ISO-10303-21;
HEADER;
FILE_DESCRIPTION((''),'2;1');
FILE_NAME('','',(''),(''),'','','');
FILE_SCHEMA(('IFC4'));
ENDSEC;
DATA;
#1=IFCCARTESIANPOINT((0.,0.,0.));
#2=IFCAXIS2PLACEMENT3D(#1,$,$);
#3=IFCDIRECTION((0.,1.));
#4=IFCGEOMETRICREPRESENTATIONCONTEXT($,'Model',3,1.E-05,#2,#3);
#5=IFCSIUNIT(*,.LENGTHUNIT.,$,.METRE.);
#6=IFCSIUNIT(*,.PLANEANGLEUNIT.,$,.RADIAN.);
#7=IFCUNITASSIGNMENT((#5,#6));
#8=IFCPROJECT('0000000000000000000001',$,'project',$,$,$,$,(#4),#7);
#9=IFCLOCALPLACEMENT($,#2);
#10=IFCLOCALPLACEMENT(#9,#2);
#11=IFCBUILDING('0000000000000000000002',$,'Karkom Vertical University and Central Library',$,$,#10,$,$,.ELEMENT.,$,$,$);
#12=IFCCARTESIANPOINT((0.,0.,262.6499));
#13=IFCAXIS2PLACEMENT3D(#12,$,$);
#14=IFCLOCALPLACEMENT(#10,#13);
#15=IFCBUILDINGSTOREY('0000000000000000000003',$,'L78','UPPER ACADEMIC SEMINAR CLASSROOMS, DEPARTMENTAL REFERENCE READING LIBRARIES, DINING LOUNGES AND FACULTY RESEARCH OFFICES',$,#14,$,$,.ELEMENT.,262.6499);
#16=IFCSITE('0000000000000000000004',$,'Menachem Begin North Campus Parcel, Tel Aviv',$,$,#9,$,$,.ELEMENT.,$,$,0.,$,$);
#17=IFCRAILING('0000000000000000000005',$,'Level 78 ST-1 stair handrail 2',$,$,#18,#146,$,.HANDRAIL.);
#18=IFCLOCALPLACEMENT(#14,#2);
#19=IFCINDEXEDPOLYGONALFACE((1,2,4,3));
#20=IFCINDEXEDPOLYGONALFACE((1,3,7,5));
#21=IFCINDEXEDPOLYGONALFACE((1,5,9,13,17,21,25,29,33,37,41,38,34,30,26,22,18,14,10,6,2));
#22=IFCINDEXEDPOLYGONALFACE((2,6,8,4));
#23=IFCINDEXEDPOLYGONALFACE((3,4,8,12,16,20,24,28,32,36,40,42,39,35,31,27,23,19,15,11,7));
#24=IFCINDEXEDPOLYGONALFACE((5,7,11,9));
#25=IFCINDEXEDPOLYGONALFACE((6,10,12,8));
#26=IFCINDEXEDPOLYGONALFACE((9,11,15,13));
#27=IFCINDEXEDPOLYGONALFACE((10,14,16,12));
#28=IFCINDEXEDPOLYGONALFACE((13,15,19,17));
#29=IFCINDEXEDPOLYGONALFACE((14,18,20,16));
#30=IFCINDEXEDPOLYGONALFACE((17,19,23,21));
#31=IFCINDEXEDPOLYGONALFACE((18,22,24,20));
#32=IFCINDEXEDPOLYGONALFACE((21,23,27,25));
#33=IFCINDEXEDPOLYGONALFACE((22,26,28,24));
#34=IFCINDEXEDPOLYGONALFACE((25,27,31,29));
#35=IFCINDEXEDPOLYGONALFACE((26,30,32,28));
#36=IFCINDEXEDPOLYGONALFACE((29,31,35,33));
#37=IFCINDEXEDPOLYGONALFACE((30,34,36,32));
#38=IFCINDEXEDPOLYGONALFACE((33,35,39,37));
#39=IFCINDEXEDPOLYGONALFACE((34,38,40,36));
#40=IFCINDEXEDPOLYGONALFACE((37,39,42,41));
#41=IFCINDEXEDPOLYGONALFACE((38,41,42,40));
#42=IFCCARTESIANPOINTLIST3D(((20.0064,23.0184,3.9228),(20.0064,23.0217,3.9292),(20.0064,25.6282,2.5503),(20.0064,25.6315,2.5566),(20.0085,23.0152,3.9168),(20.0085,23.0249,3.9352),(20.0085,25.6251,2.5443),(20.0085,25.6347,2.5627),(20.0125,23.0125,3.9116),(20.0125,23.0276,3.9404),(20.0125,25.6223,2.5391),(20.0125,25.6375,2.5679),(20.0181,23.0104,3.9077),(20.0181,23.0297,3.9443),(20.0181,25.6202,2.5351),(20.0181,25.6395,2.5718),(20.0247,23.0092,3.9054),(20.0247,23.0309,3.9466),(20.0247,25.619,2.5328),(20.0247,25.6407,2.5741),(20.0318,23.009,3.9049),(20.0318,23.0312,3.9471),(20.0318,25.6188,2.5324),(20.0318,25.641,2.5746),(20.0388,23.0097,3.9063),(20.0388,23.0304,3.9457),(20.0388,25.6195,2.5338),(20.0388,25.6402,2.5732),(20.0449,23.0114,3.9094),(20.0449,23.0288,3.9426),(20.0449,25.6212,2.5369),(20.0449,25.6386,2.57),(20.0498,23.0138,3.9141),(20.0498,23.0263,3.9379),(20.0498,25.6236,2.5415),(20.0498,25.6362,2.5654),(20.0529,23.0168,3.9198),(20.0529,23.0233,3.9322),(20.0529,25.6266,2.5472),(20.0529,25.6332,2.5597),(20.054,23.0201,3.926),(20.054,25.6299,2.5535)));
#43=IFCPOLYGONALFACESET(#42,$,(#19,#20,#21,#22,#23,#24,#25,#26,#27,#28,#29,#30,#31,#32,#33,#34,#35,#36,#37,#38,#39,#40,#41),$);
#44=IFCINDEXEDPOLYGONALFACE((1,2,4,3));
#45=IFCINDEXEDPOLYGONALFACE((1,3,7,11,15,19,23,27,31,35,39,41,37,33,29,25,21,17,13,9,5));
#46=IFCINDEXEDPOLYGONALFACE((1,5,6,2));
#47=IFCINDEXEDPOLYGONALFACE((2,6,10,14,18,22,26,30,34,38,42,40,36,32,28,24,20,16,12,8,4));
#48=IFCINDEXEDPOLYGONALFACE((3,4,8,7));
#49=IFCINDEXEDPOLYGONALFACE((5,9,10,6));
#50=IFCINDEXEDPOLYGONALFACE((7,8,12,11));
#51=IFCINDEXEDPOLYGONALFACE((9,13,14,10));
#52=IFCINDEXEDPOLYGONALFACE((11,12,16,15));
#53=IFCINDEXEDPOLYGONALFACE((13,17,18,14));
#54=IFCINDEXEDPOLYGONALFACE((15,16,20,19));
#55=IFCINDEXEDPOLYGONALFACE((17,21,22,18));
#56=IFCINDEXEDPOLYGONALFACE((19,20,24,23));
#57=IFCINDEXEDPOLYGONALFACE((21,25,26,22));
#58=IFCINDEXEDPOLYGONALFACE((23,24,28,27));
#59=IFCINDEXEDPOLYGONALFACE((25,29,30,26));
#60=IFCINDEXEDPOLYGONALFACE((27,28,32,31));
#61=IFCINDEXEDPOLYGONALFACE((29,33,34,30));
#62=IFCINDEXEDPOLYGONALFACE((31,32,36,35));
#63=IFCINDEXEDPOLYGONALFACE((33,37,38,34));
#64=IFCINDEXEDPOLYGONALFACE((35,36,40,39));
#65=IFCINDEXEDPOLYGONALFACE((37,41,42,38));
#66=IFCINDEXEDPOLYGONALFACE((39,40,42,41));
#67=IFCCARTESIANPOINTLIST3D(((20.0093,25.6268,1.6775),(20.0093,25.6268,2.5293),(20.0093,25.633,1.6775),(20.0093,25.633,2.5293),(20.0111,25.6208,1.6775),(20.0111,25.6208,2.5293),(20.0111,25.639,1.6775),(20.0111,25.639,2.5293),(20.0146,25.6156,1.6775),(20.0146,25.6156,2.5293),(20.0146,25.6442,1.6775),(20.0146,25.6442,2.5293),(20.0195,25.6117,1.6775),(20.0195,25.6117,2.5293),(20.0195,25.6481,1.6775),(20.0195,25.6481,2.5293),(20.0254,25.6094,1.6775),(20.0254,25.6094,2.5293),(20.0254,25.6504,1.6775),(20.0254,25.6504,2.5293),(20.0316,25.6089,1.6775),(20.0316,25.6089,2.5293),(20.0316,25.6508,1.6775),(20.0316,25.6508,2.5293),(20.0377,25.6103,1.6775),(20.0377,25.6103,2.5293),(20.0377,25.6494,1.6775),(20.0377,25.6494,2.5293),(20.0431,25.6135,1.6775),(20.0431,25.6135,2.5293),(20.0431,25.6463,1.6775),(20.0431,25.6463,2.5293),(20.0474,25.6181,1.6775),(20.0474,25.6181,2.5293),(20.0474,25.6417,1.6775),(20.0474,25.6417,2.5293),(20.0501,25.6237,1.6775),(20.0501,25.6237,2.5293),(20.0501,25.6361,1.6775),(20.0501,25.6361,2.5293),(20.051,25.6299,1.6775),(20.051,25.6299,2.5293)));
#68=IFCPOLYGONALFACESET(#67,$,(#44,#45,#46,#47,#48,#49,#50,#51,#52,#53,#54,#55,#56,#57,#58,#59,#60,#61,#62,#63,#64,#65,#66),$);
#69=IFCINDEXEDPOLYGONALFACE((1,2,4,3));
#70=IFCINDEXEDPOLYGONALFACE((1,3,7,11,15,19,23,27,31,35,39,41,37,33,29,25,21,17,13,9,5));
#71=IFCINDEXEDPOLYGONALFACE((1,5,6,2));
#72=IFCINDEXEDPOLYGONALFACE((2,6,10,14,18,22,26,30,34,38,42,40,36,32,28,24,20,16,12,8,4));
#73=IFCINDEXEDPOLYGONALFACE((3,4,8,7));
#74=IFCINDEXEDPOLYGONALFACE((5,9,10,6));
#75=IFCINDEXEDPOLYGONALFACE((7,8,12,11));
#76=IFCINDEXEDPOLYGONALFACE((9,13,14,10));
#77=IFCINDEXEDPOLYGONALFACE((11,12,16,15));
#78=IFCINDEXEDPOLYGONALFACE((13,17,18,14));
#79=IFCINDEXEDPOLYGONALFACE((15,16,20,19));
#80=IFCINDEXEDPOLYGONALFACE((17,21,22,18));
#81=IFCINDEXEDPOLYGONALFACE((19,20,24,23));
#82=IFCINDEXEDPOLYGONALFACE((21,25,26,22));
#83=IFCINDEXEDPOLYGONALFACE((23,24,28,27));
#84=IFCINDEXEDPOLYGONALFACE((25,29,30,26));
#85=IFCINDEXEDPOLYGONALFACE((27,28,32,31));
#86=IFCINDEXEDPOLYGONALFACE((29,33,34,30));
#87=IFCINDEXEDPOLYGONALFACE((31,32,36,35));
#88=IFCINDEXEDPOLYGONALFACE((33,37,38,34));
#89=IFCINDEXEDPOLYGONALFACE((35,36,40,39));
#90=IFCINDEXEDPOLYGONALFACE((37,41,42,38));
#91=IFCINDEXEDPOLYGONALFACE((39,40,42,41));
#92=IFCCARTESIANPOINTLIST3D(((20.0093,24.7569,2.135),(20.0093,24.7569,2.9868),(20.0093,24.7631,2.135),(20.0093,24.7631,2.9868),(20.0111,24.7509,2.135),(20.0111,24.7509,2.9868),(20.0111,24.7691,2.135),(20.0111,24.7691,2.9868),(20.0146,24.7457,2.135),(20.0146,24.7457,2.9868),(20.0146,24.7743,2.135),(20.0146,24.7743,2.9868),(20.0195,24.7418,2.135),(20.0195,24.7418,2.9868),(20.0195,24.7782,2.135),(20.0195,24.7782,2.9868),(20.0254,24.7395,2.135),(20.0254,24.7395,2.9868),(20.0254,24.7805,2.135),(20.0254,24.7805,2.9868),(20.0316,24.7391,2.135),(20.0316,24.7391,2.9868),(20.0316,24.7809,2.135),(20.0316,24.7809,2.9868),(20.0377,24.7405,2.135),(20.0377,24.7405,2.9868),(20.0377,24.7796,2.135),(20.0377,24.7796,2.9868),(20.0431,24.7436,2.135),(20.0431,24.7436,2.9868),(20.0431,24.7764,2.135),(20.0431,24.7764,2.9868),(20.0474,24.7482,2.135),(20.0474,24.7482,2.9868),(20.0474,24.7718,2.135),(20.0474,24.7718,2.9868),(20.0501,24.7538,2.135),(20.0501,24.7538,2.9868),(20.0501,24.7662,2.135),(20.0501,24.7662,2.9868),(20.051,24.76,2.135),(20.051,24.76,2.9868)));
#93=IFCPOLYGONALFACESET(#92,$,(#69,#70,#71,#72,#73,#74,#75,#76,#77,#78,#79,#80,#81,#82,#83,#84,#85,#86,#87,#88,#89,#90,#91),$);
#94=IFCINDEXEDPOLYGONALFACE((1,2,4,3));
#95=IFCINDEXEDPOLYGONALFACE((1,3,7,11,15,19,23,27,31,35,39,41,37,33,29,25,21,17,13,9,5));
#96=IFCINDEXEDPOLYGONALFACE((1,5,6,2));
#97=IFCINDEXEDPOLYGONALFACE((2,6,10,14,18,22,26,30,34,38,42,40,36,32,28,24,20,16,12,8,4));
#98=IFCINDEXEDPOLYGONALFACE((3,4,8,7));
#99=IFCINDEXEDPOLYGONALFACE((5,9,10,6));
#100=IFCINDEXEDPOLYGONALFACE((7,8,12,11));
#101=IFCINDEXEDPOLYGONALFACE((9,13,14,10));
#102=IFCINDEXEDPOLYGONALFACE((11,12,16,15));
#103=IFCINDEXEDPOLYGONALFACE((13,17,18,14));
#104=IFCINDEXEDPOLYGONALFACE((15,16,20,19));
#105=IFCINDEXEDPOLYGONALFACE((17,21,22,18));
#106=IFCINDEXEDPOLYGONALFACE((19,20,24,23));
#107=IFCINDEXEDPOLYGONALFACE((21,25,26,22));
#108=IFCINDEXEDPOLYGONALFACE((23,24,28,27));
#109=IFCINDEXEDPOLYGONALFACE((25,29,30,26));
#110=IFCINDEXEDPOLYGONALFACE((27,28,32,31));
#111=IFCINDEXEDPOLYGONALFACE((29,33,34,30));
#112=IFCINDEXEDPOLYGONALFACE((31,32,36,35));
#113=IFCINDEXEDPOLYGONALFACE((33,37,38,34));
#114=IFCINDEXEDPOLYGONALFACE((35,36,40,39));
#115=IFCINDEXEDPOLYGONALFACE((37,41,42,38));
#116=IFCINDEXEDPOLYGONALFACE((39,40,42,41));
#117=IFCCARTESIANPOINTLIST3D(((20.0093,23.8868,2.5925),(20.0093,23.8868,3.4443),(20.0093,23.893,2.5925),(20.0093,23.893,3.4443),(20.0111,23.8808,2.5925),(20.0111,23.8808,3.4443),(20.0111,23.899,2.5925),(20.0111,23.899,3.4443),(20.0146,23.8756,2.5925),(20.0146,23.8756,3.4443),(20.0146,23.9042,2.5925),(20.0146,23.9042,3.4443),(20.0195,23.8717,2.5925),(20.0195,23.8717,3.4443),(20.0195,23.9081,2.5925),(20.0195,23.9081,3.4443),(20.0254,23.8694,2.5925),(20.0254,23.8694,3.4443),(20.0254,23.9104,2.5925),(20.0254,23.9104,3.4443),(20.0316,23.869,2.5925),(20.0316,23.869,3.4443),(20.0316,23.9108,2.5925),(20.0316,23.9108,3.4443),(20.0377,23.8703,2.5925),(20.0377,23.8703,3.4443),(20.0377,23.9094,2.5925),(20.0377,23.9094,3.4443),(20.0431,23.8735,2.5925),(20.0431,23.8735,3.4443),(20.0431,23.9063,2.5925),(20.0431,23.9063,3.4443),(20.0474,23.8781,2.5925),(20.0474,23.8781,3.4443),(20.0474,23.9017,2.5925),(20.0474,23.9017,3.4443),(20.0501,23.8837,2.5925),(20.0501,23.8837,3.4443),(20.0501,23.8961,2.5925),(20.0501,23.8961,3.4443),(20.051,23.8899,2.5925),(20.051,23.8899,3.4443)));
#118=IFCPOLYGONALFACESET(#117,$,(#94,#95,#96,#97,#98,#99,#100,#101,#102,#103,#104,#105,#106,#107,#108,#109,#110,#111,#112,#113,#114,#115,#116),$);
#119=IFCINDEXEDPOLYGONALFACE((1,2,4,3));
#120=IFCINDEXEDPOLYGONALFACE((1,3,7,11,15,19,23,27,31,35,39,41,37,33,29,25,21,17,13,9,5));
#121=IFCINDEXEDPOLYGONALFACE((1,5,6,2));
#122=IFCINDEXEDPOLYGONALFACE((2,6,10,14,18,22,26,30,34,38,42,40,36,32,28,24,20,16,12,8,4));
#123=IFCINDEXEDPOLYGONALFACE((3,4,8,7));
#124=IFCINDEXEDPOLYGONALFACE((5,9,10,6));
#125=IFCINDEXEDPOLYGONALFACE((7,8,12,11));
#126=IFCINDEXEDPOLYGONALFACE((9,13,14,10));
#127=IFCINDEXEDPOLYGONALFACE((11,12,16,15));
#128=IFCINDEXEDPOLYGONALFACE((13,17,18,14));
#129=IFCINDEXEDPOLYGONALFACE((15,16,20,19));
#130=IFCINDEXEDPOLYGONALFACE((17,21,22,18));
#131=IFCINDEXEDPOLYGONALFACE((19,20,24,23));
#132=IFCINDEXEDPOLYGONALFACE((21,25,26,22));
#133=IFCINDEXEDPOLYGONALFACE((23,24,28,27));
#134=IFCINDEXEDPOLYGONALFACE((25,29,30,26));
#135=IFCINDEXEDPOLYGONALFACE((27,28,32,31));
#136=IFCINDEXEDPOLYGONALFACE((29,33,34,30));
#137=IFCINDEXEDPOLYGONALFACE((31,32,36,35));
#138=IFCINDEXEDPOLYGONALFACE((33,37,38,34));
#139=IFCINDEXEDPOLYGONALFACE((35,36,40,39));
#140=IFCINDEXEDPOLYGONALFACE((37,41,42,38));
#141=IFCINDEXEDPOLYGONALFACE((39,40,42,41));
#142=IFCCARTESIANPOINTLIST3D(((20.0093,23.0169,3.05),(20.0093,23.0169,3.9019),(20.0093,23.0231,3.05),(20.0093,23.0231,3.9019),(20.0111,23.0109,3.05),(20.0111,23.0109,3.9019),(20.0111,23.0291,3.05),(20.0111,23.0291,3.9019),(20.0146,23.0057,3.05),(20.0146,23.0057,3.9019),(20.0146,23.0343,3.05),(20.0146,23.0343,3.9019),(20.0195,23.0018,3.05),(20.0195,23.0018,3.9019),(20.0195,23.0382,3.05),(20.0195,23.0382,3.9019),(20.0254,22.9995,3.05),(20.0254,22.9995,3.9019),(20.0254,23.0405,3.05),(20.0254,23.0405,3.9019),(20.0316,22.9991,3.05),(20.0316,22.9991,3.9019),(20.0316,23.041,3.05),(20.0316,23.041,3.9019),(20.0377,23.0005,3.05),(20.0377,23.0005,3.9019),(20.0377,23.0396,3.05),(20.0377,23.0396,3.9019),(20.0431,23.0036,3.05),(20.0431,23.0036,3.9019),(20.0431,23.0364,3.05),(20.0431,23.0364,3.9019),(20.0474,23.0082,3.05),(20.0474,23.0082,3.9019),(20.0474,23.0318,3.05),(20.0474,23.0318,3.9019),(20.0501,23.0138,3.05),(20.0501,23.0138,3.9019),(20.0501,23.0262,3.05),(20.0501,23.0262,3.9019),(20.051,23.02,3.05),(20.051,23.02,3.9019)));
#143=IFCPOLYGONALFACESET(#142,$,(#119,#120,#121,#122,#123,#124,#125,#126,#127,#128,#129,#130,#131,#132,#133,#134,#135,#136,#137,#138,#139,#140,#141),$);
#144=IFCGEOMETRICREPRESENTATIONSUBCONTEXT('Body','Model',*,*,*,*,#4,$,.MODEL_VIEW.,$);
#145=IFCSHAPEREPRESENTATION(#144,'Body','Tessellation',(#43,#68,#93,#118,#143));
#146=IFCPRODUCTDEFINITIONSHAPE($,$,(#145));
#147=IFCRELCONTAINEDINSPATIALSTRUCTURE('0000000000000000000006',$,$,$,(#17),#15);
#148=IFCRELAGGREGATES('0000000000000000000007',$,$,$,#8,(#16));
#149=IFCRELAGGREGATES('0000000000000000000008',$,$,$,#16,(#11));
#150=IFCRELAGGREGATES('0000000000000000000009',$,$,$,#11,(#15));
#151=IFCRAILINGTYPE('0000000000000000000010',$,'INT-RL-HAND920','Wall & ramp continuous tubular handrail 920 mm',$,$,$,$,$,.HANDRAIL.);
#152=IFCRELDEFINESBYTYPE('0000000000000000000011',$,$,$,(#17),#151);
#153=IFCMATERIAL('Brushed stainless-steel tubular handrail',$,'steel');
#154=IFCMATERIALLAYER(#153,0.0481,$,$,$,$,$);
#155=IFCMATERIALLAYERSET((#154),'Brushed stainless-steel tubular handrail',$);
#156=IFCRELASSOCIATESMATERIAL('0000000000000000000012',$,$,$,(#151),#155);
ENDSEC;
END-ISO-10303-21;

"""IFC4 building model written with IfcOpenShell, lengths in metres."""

from ifc_helpers import new_model, si_unit, direction, frame, origin, origin_2d, place, context, subcontext, project, spatial, circle, extrude, material, layer, layer_set, type_object, element, save


model = new_model("IFC4")

# Units and contexts
model_context = context("Model", 3, precision=1e-05, world=origin(), true_north=direction((0.0, 1.0)))
body_context = subcontext(model_context, "Body", "Model", "MODEL_VIEW")
ifc_project = project(units=[si_unit("LENGTHUNIT", "METRE"), si_unit("PLANEANGLEUNIT", "RADIAN")], contexts=[model_context])

# Site, building, storey
site_placement = place(None, origin())
site = spatial("IfcSite", under=ifc_project, at=site_placement, Name="Menachem Begin North Campus Parcel, Tel Aviv", CompositionType="ELEMENT", RefElevation=0.0)
building_placement = place(site_placement, origin())
building = spatial("IfcBuilding", under=site, at=building_placement, Name="Karkom Vertical University and Central Library", CompositionType="ELEMENT")
storey_placement = place(building_placement, frame((0.0, 0.0, 262.6499)))
storey = spatial("IfcBuildingStorey", under=building, at=storey_placement, Name="L78", Description="UPPER ACADEMIC SEMINAR CLASSROOMS, DEPARTMENTAL REFERENCE READING LIBRARIES, DINING LOUNGES AND FACULTY RESEARCH OFFICES", CompositionType="ELEMENT", Elevation=262.6499)

# Railing
ifc_material_1 = material(Name="Brushed stainless-steel tubular handrail", Category="steel")
ifc_layer_1 = layer(ifc_material_1, 0.0481)
ifc_layer_set_1 = layer_set([ifc_layer_1], Name="Brushed stainless-steel tubular handrail")
railing_type_1 = type_object("IfcRailingType", Name="INT-RL-HAND920", Description="Wall & ramp continuous tubular handrail 920 mm", PredefinedType="HANDRAIL", material=ifc_layer_set_1)
railing_1_placement = place(storey_placement, frame((20.03, 25.6299, 1.6775)))
element("IfcRailing", 1, at=railing_1_placement, inside=storey, type_object=railing_type_1, Name="Level 78 ST-1 stair handrail 2", PredefinedType="HANDRAIL", context=body_context, shape_type="SweptSolid", body=[
    extrude(circle(Radius=0.0239, at=origin_2d()), frame((0.0, 0.0, 0.876), z_axis=(0.0, -0.885065, 0.465467), x_axis=(1.0, 0.0, 0.0)), (0.0, 0.0, 1.0), 2.9487),
    extrude(circle(Radius=0.021, at=origin_2d()), origin(), (0.0, 0.0, 1.0), 0.8518),
    extrude(circle(Radius=0.021, at=origin_2d()), frame((0.0, -0.8699, 0.4575)), (0.0, 0.0, 1.0), 0.8518),
    extrude(circle(Radius=0.021, at=origin_2d()), frame((0.0, -1.74, 0.915)), (0.0, 0.0, 1.0), 0.8518),
    extrude(circle(Radius=0.021, at=origin_2d()), frame((0.0, -2.6099, 1.3726)), (0.0, 0.0, 1.0), 0.8518),
])

save(model, "model.ifc")
